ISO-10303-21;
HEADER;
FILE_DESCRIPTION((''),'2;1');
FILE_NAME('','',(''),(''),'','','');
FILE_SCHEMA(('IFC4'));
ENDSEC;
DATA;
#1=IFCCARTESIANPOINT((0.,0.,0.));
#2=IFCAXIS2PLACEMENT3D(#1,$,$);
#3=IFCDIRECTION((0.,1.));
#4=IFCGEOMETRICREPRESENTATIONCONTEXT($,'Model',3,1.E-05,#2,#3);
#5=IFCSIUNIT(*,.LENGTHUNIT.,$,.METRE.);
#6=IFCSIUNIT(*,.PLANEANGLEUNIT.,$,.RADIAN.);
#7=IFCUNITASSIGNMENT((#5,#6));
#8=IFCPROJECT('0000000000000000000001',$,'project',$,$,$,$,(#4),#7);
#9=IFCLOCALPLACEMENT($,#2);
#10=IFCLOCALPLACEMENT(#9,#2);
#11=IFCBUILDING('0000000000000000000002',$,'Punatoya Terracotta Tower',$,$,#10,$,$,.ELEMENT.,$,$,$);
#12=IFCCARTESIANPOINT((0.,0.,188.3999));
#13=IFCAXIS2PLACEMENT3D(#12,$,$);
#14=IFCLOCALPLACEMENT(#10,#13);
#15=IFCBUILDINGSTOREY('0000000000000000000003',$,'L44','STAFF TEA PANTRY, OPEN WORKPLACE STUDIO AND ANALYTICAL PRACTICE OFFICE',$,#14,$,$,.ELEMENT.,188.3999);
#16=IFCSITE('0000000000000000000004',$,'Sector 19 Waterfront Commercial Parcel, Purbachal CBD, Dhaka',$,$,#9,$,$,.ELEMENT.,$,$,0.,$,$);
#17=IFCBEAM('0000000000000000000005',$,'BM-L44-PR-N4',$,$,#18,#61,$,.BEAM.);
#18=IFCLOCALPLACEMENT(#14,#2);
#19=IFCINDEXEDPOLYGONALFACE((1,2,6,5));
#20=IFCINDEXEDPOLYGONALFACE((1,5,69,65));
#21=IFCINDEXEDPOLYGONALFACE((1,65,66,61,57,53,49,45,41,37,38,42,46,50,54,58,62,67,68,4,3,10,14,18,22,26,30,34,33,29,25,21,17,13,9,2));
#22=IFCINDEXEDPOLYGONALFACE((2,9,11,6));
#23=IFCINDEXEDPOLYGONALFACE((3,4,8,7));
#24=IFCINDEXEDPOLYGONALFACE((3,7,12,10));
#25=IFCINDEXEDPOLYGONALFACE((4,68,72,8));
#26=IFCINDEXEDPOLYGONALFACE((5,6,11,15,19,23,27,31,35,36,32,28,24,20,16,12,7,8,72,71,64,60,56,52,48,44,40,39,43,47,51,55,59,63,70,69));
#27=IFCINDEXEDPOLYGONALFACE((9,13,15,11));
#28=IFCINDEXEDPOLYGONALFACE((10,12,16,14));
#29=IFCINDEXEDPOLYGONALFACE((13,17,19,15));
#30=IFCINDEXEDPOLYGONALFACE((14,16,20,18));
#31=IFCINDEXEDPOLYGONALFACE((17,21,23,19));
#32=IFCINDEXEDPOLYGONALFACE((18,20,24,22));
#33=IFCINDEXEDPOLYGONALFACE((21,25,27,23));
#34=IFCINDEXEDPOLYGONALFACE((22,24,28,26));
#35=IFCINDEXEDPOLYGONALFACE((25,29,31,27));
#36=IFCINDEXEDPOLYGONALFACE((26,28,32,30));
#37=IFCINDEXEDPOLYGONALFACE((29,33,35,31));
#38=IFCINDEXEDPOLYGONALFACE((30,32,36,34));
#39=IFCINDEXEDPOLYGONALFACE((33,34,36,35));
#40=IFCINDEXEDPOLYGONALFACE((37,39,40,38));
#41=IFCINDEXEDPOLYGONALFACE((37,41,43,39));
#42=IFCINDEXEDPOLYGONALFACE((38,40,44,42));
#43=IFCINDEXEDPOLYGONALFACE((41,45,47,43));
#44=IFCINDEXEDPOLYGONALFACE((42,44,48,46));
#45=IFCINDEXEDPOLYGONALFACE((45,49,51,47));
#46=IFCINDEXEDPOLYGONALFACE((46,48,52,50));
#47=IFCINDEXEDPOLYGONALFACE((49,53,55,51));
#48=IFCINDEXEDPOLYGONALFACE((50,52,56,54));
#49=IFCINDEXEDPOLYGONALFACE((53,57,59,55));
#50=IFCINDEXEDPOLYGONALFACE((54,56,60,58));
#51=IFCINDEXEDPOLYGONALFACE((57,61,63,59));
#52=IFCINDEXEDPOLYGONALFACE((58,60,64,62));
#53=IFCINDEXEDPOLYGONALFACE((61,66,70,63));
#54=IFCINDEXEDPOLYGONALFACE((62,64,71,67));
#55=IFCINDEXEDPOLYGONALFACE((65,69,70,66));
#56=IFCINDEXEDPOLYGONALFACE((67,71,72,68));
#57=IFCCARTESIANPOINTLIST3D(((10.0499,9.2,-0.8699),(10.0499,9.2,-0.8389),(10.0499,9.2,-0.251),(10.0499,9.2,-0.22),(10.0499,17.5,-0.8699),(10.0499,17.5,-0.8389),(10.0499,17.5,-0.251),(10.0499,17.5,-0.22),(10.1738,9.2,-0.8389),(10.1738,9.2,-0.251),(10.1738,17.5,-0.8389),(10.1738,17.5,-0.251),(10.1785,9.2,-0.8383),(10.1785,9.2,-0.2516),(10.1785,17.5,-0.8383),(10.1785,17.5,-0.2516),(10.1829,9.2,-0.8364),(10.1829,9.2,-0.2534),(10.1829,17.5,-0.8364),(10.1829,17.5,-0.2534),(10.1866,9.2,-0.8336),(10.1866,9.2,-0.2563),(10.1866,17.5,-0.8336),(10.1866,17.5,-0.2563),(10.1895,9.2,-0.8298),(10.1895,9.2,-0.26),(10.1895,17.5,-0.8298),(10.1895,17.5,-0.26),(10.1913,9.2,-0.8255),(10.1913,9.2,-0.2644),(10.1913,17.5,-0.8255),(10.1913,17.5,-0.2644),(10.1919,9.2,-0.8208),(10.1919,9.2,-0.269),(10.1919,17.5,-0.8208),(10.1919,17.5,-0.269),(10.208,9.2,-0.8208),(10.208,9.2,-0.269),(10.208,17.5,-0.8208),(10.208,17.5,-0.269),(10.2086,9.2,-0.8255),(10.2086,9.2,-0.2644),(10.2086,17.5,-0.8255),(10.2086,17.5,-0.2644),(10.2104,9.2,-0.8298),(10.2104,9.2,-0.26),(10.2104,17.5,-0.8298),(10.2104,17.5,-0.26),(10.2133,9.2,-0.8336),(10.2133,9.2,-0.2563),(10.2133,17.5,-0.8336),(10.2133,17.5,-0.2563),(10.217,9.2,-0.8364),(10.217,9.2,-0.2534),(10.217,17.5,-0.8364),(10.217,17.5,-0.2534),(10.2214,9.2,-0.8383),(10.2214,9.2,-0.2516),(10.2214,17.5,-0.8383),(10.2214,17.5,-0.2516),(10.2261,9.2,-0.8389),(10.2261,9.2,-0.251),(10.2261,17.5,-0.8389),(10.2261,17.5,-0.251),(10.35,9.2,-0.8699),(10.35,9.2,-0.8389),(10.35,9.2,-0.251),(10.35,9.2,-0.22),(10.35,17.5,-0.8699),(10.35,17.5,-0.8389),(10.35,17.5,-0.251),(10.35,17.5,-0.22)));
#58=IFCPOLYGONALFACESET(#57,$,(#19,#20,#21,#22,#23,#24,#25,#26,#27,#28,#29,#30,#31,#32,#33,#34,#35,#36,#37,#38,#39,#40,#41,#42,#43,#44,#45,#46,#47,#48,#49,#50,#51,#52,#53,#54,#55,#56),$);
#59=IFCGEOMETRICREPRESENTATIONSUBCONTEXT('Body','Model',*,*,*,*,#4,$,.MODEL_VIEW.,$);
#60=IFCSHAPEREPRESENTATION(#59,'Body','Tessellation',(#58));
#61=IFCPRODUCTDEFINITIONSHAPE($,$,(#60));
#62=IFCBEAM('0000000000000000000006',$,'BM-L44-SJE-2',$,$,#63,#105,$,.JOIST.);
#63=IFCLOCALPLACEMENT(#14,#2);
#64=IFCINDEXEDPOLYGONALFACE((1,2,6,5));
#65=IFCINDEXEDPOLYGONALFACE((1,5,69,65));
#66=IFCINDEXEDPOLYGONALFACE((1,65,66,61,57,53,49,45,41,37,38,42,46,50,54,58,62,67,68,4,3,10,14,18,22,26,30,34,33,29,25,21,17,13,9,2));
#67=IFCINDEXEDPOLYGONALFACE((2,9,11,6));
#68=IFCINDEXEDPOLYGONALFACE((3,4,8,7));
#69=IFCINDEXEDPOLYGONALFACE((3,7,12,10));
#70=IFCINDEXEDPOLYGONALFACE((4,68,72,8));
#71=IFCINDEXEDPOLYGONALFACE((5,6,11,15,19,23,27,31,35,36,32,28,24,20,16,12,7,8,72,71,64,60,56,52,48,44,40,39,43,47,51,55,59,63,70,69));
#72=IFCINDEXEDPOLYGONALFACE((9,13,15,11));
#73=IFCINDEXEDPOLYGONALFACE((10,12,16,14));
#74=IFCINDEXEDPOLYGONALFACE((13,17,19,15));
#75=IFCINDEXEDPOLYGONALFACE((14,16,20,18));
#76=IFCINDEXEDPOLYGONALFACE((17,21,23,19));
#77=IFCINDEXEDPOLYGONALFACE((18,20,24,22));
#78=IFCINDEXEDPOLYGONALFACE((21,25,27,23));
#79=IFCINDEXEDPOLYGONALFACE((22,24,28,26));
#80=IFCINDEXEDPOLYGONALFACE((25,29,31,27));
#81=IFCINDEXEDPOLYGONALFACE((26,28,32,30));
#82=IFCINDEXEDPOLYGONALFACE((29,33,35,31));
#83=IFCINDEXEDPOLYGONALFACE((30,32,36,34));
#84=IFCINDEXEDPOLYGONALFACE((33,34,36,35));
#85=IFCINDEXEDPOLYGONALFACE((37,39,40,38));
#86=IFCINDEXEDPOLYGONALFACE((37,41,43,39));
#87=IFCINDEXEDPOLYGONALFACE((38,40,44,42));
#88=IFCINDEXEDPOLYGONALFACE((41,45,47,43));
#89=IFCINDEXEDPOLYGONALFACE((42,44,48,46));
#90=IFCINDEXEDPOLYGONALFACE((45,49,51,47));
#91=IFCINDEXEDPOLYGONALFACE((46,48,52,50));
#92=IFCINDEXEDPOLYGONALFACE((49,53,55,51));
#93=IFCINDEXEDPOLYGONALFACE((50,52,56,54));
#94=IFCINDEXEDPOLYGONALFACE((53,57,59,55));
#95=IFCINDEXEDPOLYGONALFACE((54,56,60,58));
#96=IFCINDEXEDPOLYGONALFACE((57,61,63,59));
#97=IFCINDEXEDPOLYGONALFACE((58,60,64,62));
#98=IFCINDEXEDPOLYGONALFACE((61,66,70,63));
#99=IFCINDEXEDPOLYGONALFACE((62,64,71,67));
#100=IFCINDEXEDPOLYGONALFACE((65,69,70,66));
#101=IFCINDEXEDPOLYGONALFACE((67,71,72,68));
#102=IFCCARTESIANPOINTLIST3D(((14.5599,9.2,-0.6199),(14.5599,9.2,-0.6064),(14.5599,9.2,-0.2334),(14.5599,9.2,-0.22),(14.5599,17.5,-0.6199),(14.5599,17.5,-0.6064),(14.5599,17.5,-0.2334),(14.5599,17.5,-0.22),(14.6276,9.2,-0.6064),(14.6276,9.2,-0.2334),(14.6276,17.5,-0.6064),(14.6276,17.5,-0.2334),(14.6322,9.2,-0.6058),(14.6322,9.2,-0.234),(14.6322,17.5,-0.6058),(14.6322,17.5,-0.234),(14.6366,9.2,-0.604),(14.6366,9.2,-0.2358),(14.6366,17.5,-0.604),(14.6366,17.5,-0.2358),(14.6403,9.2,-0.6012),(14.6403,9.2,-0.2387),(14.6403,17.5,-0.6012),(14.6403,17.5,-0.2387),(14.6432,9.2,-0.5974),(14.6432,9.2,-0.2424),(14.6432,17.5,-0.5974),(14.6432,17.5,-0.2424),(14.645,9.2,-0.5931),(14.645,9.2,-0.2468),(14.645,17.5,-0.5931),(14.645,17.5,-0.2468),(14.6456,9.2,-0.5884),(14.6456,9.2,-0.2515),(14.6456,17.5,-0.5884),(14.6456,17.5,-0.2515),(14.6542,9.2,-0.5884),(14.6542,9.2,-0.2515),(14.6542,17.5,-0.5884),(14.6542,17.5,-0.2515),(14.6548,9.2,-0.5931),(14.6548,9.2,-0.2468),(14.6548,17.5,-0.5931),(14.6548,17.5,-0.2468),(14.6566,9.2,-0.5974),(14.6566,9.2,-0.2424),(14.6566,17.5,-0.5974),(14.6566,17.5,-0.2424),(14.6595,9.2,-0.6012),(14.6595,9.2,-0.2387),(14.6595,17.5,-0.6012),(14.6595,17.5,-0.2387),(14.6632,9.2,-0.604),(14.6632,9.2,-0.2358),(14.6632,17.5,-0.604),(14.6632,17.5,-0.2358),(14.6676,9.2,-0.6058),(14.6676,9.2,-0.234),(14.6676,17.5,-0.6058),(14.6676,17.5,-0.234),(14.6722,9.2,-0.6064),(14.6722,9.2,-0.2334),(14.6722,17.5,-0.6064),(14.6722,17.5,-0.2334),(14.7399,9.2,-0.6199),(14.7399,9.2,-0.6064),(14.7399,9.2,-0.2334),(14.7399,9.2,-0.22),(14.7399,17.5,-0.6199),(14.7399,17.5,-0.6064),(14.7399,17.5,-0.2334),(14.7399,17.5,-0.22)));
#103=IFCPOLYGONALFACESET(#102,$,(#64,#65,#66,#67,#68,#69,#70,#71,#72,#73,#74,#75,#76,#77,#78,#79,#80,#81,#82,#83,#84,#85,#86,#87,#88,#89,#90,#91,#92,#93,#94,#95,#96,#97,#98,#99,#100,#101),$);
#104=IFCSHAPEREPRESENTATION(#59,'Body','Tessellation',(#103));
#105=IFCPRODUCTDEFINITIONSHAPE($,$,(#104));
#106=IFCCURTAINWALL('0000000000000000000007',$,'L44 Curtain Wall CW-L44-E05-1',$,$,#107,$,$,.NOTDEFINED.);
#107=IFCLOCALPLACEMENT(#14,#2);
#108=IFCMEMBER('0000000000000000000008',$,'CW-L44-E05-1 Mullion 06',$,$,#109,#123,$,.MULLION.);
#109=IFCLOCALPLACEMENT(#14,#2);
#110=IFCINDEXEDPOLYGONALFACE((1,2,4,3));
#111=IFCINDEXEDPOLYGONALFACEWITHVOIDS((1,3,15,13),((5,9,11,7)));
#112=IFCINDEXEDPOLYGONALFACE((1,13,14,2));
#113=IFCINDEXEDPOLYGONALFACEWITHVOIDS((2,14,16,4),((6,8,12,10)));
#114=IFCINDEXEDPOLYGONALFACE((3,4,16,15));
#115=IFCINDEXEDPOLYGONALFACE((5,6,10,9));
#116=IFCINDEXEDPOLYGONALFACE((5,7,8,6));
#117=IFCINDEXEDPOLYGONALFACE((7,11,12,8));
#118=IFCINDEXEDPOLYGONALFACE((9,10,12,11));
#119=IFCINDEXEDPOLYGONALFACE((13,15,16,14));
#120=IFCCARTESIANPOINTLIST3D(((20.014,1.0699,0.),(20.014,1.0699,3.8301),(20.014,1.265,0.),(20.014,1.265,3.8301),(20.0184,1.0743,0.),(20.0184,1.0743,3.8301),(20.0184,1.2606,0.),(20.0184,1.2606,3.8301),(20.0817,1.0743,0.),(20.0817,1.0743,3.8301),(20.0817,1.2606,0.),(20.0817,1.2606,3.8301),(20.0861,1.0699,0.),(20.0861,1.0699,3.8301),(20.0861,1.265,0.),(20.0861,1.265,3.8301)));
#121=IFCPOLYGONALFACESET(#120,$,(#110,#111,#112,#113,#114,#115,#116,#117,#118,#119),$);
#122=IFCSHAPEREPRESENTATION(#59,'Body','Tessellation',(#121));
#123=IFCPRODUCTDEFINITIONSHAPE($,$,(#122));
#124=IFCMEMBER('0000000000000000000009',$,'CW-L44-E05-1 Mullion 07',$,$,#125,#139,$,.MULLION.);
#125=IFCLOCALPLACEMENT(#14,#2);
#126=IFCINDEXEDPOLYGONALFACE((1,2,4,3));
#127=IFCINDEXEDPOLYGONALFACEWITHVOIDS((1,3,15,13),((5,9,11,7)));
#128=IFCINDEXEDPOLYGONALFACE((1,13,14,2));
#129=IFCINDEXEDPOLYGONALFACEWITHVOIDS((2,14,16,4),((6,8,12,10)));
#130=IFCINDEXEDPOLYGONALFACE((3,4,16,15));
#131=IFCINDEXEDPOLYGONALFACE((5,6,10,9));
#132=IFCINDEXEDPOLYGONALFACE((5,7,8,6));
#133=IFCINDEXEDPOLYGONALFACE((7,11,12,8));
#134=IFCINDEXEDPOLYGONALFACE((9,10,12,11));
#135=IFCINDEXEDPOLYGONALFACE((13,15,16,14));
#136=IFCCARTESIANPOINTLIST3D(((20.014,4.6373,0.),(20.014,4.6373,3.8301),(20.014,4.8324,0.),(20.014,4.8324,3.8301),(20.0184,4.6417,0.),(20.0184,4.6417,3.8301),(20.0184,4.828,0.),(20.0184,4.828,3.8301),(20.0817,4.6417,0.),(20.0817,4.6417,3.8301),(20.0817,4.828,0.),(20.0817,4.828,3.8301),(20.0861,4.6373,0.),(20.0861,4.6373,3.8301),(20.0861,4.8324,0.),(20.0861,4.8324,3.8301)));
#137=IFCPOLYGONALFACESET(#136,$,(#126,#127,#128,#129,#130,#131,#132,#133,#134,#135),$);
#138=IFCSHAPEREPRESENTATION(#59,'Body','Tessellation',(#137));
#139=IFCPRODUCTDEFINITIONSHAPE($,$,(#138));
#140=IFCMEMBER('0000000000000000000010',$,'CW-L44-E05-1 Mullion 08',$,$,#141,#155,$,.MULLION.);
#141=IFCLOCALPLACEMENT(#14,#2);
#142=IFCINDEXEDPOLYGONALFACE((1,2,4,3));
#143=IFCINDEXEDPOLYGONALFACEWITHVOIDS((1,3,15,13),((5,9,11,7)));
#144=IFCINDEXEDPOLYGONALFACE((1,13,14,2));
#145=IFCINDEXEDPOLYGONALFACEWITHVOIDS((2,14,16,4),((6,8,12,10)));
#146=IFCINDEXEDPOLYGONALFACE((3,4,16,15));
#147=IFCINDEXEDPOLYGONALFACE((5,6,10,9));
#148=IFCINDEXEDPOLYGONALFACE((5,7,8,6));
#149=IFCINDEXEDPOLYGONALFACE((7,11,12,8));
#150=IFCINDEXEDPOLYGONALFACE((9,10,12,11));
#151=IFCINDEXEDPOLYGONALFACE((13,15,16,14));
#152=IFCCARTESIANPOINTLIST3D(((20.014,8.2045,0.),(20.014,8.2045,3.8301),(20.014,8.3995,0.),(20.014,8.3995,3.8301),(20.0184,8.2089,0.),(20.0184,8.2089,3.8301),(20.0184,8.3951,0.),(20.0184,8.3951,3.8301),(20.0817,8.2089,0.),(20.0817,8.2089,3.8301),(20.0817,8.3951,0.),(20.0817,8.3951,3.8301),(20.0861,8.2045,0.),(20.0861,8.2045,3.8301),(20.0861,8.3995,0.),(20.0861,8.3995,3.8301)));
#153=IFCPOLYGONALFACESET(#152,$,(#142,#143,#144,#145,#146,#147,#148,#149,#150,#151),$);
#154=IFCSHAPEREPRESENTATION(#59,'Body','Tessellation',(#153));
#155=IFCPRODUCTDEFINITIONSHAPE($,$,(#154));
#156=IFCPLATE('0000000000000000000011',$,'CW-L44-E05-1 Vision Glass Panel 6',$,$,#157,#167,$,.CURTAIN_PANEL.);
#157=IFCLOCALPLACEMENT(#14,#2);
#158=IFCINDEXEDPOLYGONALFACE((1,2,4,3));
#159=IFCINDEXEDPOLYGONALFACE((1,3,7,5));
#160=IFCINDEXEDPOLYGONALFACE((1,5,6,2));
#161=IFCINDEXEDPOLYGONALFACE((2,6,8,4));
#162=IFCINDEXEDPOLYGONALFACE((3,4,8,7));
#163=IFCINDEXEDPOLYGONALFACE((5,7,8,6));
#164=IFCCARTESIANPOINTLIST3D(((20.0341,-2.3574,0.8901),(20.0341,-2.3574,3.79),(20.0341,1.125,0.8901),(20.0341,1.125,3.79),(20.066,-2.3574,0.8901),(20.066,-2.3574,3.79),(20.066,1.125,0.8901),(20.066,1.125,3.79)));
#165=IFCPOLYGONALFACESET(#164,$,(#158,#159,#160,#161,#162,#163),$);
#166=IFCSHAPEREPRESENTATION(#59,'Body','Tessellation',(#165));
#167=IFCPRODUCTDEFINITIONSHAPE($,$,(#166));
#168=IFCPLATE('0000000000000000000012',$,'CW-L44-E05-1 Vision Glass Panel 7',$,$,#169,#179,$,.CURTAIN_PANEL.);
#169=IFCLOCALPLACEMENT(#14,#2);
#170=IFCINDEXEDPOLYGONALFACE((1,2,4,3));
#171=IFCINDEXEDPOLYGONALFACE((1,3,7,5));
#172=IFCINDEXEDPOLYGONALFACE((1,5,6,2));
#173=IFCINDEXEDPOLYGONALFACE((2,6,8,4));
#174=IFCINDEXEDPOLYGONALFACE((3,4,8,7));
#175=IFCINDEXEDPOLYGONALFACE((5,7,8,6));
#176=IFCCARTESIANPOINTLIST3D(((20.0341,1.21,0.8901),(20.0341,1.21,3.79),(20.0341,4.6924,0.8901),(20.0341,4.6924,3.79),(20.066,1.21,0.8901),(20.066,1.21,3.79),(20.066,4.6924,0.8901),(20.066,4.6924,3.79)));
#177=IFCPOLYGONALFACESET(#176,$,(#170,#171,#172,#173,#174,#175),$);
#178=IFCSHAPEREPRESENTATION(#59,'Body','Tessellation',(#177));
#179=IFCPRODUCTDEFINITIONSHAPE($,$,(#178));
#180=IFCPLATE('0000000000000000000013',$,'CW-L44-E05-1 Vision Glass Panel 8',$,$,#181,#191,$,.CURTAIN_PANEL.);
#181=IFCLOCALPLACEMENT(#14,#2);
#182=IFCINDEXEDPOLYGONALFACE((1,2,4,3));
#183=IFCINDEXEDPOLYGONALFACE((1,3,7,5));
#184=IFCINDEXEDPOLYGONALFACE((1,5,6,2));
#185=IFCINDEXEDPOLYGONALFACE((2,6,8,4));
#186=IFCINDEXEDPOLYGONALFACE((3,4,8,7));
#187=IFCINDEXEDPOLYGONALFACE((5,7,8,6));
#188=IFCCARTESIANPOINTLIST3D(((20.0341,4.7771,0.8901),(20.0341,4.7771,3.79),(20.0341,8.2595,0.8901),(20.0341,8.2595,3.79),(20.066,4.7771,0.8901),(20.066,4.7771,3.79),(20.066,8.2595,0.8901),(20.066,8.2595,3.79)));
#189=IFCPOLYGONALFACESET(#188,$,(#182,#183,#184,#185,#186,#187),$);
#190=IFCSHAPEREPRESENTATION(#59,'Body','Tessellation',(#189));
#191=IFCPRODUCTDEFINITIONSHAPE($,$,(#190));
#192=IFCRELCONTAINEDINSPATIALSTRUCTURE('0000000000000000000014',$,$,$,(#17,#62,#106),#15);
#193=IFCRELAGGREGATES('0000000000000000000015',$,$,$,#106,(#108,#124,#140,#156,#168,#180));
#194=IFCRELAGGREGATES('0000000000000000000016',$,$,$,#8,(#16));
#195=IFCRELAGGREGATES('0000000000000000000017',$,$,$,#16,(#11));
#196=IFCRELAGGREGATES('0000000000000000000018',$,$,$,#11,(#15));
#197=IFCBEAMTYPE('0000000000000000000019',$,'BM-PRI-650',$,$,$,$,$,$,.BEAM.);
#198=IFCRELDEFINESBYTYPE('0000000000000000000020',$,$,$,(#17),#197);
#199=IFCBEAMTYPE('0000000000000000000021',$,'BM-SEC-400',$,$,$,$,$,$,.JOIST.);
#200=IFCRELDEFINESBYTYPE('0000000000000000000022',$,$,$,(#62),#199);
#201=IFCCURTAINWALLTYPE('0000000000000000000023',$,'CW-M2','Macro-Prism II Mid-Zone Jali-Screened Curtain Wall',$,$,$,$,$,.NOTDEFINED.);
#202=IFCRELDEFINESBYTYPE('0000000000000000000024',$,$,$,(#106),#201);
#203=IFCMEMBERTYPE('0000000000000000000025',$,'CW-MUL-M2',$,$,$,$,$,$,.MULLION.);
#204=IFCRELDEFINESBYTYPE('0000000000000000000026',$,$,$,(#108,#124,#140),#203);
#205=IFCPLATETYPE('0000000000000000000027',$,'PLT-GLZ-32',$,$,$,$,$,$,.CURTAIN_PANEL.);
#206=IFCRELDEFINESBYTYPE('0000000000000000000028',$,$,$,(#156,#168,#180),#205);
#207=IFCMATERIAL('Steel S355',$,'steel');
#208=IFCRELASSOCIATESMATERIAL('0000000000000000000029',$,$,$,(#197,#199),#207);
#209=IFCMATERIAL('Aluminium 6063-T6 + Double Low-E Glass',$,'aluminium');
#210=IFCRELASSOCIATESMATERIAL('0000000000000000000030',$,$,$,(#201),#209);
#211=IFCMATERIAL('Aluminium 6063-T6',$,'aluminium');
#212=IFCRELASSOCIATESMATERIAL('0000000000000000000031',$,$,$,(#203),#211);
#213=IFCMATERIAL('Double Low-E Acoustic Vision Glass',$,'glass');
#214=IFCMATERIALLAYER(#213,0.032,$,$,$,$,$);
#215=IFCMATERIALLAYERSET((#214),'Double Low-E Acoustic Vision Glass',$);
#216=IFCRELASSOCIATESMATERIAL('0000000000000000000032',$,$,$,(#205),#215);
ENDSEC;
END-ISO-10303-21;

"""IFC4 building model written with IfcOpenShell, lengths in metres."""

from ifc_helpers import new_model, si_unit, direction, frame, origin, origin_2d, place, context, subcontext, project, spatial, rectangle, hollow_rectangle, i_section, extrude, material, layer, layer_set, material_profile, profile_set, type_object, element, aggregate, save


model = new_model("IFC4")

# Units and contexts
model_context = context("Model", 3, precision=1e-05, world=origin(), true_north=direction((0.0, 1.0)))
body_context = subcontext(model_context, "Body", "Model", "MODEL_VIEW")
ifc_project = project(units=[si_unit("LENGTHUNIT", "METRE"), si_unit("PLANEANGLEUNIT", "RADIAN")], contexts=[model_context])

# Site, building, storey
site_placement = place(None, origin())
site = spatial("IfcSite", under=ifc_project, at=site_placement, Name="Sector 19 Waterfront Commercial Parcel, Purbachal CBD, Dhaka", CompositionType="ELEMENT", RefElevation=0.0)
building_placement = place(site_placement, origin())
building = spatial("IfcBuilding", under=site, at=building_placement, Name="Punatoya Terracotta Tower", CompositionType="ELEMENT")
storey_placement = place(building_placement, frame((0.0, 0.0, 188.3999)))
storey = spatial("IfcBuildingStorey", under=building, at=storey_placement, Name="L44", Description="STAFF TEA PANTRY, OPEN WORKPLACE STUDIO AND ANALYTICAL PRACTICE OFFICE", CompositionType="ELEMENT", Elevation=188.3999)

# Beams
ifc_material_1 = material(Name="Steel S355", Category="steel")
ifc_material_profile_1 = material_profile(ifc_material_1, i_section(OverallWidth=0.3, OverallDepth=0.6499, WebThickness=0.0161, FlangeThickness=0.031, FilletRadius=0.0181, at=origin_2d()))
ifc_profile_set_1 = profile_set([ifc_material_profile_1], Name="Steel S355")
beam_type_1 = type_object("IfcBeamType", Name="BM-PRI-650", PredefinedType="BEAM", material=ifc_profile_set_1)
beam_1_placement = place(storey_placement, frame((10.2, 9.2, -0.5449), z_axis=(0.0, 1.0, 0.0), x_axis=(-1.0, 0.0, 0.0)))
element("IfcBeam", 1, at=beam_1_placement, inside=storey, type_object=beam_type_1, Name="BM-L44-PR-N4", PredefinedType="BEAM", context=body_context, shape_type="SweptSolid", body=[
    extrude(i_section(OverallWidth=0.3, OverallDepth=0.6499, WebThickness=0.0161, FlangeThickness=0.031, FilletRadius=0.0181, at=origin_2d()), origin(), (0.0, 0.0, 1.0), 8.3),
])
ifc_material_profile_2 = material_profile(ifc_material_1, i_section(OverallWidth=0.1799, OverallDepth=0.3999, WebThickness=0.0085, FlangeThickness=0.0134, FilletRadius=0.0181, at=origin_2d()))
ifc_profile_set_2 = profile_set([ifc_material_profile_2], Name="Steel S355")
beam_type_2 = type_object("IfcBeamType", Name="BM-SEC-400", PredefinedType="JOIST", material=ifc_profile_set_2)
beam_2_placement = place(storey_placement, frame((14.6499, 9.2, -0.4199), z_axis=(0.0, 1.0, 0.0), x_axis=(-1.0, 0.0, 0.0)))
element("IfcBeam", 2, at=beam_2_placement, inside=storey, type_object=beam_type_2, Name="BM-L44-SJE-2", PredefinedType="JOIST", context=body_context, shape_type="SweptSolid", body=[
    extrude(i_section(OverallWidth=0.1799, OverallDepth=0.3999, WebThickness=0.0085, FlangeThickness=0.0134, FilletRadius=0.0181, at=origin_2d()), origin(), (0.0, 0.0, 1.0), 8.3),
])

# Curtain wall, members, plates
ifc_material_2 = material(Name="Aluminium 6063-T6 + Double Low-E Glass", Category="aluminium")
curtain_wall_type = type_object("IfcCurtainWallType", Name="CW-M2", Description="Macro-Prism II Mid-Zone Jali-Screened Curtain Wall", PredefinedType="NOTDEFINED", material=ifc_material_2)
curtain_wall_placement = place(storey_placement, origin())
curtain_wall = element("IfcCurtainWall", 3, at=curtain_wall_placement, inside=storey, type_object=curtain_wall_type, Name="L44 Curtain Wall CW-L44-E05-1", PredefinedType="NOTDEFINED")
ifc_material_3 = material(Name="Aluminium 6063-T6", Category="aluminium")
ifc_material_profile_3 = material_profile(ifc_material_3, hollow_rectangle(XDim=0.072, YDim=0.1951, WallThickness=0.0044, at=origin_2d()))
ifc_profile_set_3 = profile_set([ifc_material_profile_3], Name="Aluminium 6063-T6")
member_type = type_object("IfcMemberType", Name="CW-MUL-M2", PredefinedType="MULLION", material=ifc_profile_set_3)
member_1_placement = place(storey_placement, frame((20.05, 1.1675, 0.0), z_axis=(0.0, 0.0, 1.0), x_axis=(1.0, 0.0, 0.0)))
member_1 = element("IfcMember", 4, at=member_1_placement, type_object=member_type, Name="CW-L44-E05-1 Mullion 06", PredefinedType="MULLION", context=body_context, shape_type="SweptSolid", body=[
    extrude(hollow_rectangle(XDim=0.072, YDim=0.1951, WallThickness=0.0044, at=origin_2d()), origin(), (0.0, 0.0, 1.0), 3.8301),
])
member_2_placement = place(storey_placement, frame((20.05, 4.7349, 0.0), z_axis=(0.0, 0.0, 1.0), x_axis=(1.0, 0.0, 0.0)))
member_2 = element("IfcMember", 5, at=member_2_placement, type_object=member_type, Name="CW-L44-E05-1 Mullion 07", PredefinedType="MULLION", context=body_context, shape_type="SweptSolid", body=[
    extrude(hollow_rectangle(XDim=0.072, YDim=0.1951, WallThickness=0.0044, at=origin_2d()), origin(), (0.0, 0.0, 1.0), 3.8301),
])
member_3_placement = place(storey_placement, frame((20.05, 8.302, 0.0), z_axis=(0.0, 0.0, 1.0), x_axis=(1.0, 0.0, 0.0)))
member_3 = element("IfcMember", 6, at=member_3_placement, type_object=member_type, Name="CW-L44-E05-1 Mullion 08", PredefinedType="MULLION", context=body_context, shape_type="SweptSolid", body=[
    extrude(hollow_rectangle(XDim=0.072, YDim=0.1951, WallThickness=0.0044, at=origin_2d()), origin(), (0.0, 0.0, 1.0), 3.8301),
])
ifc_material_4 = material(Name="Double Low-E Acoustic Vision Glass", Category="glass")
ifc_layer_1 = layer(ifc_material_4, 0.032)
ifc_layer_set_1 = layer_set([ifc_layer_1], Name="Double Low-E Acoustic Vision Glass")
plate_type_1 = type_object("IfcPlateType", Name="PLT-GLZ-32", PredefinedType="CURTAIN_PANEL", material=ifc_layer_set_1)
plate_1_placement = place(storey_placement, frame((20.05, -0.6162, 0.8901), z_axis=(0.0, 0.0, 1.0), x_axis=(0.0, 1.0, 0.0)))
plate_1 = element("IfcPlate", 7, at=plate_1_placement, type_object=plate_type_1, Name="CW-L44-E05-1 Vision Glass Panel 6", PredefinedType="CURTAIN_PANEL", context=body_context, shape_type="SweptSolid", body=[
    extrude(rectangle(XDim=3.4824, YDim=0.032, at=origin_2d()), origin(), (0.0, 0.0, 1.0), 2.8999),
])
plate_2_placement = place(storey_placement, frame((20.05, 2.9512, 0.8901), z_axis=(0.0, 0.0, 1.0), x_axis=(0.0, 1.0, 0.0)))
plate_2 = element("IfcPlate", 8, at=plate_2_placement, type_object=plate_type_1, Name="CW-L44-E05-1 Vision Glass Panel 7", PredefinedType="CURTAIN_PANEL", context=body_context, shape_type="SweptSolid", body=[
    extrude(rectangle(XDim=3.4824, YDim=0.032, at=origin_2d()), origin(), (0.0, 0.0, 1.0), 2.8999),
])
plate_3_placement = place(storey_placement, frame((20.05, 6.5183, 0.8901), z_axis=(0.0, 0.0, 1.0), x_axis=(0.0, 1.0, 0.0)))
plate_3 = element("IfcPlate", 9, at=plate_3_placement, type_object=plate_type_1, Name="CW-L44-E05-1 Vision Glass Panel 8", PredefinedType="CURTAIN_PANEL", context=body_context, shape_type="SweptSolid", body=[
    extrude(rectangle(XDim=3.4824, YDim=0.032, at=origin_2d()), origin(), (0.0, 0.0, 1.0), 2.8999),
])
aggregate(curtain_wall, [member_1, member_2, member_3, plate_1, plate_2, plate_3])

save(model, "model.ifc")
